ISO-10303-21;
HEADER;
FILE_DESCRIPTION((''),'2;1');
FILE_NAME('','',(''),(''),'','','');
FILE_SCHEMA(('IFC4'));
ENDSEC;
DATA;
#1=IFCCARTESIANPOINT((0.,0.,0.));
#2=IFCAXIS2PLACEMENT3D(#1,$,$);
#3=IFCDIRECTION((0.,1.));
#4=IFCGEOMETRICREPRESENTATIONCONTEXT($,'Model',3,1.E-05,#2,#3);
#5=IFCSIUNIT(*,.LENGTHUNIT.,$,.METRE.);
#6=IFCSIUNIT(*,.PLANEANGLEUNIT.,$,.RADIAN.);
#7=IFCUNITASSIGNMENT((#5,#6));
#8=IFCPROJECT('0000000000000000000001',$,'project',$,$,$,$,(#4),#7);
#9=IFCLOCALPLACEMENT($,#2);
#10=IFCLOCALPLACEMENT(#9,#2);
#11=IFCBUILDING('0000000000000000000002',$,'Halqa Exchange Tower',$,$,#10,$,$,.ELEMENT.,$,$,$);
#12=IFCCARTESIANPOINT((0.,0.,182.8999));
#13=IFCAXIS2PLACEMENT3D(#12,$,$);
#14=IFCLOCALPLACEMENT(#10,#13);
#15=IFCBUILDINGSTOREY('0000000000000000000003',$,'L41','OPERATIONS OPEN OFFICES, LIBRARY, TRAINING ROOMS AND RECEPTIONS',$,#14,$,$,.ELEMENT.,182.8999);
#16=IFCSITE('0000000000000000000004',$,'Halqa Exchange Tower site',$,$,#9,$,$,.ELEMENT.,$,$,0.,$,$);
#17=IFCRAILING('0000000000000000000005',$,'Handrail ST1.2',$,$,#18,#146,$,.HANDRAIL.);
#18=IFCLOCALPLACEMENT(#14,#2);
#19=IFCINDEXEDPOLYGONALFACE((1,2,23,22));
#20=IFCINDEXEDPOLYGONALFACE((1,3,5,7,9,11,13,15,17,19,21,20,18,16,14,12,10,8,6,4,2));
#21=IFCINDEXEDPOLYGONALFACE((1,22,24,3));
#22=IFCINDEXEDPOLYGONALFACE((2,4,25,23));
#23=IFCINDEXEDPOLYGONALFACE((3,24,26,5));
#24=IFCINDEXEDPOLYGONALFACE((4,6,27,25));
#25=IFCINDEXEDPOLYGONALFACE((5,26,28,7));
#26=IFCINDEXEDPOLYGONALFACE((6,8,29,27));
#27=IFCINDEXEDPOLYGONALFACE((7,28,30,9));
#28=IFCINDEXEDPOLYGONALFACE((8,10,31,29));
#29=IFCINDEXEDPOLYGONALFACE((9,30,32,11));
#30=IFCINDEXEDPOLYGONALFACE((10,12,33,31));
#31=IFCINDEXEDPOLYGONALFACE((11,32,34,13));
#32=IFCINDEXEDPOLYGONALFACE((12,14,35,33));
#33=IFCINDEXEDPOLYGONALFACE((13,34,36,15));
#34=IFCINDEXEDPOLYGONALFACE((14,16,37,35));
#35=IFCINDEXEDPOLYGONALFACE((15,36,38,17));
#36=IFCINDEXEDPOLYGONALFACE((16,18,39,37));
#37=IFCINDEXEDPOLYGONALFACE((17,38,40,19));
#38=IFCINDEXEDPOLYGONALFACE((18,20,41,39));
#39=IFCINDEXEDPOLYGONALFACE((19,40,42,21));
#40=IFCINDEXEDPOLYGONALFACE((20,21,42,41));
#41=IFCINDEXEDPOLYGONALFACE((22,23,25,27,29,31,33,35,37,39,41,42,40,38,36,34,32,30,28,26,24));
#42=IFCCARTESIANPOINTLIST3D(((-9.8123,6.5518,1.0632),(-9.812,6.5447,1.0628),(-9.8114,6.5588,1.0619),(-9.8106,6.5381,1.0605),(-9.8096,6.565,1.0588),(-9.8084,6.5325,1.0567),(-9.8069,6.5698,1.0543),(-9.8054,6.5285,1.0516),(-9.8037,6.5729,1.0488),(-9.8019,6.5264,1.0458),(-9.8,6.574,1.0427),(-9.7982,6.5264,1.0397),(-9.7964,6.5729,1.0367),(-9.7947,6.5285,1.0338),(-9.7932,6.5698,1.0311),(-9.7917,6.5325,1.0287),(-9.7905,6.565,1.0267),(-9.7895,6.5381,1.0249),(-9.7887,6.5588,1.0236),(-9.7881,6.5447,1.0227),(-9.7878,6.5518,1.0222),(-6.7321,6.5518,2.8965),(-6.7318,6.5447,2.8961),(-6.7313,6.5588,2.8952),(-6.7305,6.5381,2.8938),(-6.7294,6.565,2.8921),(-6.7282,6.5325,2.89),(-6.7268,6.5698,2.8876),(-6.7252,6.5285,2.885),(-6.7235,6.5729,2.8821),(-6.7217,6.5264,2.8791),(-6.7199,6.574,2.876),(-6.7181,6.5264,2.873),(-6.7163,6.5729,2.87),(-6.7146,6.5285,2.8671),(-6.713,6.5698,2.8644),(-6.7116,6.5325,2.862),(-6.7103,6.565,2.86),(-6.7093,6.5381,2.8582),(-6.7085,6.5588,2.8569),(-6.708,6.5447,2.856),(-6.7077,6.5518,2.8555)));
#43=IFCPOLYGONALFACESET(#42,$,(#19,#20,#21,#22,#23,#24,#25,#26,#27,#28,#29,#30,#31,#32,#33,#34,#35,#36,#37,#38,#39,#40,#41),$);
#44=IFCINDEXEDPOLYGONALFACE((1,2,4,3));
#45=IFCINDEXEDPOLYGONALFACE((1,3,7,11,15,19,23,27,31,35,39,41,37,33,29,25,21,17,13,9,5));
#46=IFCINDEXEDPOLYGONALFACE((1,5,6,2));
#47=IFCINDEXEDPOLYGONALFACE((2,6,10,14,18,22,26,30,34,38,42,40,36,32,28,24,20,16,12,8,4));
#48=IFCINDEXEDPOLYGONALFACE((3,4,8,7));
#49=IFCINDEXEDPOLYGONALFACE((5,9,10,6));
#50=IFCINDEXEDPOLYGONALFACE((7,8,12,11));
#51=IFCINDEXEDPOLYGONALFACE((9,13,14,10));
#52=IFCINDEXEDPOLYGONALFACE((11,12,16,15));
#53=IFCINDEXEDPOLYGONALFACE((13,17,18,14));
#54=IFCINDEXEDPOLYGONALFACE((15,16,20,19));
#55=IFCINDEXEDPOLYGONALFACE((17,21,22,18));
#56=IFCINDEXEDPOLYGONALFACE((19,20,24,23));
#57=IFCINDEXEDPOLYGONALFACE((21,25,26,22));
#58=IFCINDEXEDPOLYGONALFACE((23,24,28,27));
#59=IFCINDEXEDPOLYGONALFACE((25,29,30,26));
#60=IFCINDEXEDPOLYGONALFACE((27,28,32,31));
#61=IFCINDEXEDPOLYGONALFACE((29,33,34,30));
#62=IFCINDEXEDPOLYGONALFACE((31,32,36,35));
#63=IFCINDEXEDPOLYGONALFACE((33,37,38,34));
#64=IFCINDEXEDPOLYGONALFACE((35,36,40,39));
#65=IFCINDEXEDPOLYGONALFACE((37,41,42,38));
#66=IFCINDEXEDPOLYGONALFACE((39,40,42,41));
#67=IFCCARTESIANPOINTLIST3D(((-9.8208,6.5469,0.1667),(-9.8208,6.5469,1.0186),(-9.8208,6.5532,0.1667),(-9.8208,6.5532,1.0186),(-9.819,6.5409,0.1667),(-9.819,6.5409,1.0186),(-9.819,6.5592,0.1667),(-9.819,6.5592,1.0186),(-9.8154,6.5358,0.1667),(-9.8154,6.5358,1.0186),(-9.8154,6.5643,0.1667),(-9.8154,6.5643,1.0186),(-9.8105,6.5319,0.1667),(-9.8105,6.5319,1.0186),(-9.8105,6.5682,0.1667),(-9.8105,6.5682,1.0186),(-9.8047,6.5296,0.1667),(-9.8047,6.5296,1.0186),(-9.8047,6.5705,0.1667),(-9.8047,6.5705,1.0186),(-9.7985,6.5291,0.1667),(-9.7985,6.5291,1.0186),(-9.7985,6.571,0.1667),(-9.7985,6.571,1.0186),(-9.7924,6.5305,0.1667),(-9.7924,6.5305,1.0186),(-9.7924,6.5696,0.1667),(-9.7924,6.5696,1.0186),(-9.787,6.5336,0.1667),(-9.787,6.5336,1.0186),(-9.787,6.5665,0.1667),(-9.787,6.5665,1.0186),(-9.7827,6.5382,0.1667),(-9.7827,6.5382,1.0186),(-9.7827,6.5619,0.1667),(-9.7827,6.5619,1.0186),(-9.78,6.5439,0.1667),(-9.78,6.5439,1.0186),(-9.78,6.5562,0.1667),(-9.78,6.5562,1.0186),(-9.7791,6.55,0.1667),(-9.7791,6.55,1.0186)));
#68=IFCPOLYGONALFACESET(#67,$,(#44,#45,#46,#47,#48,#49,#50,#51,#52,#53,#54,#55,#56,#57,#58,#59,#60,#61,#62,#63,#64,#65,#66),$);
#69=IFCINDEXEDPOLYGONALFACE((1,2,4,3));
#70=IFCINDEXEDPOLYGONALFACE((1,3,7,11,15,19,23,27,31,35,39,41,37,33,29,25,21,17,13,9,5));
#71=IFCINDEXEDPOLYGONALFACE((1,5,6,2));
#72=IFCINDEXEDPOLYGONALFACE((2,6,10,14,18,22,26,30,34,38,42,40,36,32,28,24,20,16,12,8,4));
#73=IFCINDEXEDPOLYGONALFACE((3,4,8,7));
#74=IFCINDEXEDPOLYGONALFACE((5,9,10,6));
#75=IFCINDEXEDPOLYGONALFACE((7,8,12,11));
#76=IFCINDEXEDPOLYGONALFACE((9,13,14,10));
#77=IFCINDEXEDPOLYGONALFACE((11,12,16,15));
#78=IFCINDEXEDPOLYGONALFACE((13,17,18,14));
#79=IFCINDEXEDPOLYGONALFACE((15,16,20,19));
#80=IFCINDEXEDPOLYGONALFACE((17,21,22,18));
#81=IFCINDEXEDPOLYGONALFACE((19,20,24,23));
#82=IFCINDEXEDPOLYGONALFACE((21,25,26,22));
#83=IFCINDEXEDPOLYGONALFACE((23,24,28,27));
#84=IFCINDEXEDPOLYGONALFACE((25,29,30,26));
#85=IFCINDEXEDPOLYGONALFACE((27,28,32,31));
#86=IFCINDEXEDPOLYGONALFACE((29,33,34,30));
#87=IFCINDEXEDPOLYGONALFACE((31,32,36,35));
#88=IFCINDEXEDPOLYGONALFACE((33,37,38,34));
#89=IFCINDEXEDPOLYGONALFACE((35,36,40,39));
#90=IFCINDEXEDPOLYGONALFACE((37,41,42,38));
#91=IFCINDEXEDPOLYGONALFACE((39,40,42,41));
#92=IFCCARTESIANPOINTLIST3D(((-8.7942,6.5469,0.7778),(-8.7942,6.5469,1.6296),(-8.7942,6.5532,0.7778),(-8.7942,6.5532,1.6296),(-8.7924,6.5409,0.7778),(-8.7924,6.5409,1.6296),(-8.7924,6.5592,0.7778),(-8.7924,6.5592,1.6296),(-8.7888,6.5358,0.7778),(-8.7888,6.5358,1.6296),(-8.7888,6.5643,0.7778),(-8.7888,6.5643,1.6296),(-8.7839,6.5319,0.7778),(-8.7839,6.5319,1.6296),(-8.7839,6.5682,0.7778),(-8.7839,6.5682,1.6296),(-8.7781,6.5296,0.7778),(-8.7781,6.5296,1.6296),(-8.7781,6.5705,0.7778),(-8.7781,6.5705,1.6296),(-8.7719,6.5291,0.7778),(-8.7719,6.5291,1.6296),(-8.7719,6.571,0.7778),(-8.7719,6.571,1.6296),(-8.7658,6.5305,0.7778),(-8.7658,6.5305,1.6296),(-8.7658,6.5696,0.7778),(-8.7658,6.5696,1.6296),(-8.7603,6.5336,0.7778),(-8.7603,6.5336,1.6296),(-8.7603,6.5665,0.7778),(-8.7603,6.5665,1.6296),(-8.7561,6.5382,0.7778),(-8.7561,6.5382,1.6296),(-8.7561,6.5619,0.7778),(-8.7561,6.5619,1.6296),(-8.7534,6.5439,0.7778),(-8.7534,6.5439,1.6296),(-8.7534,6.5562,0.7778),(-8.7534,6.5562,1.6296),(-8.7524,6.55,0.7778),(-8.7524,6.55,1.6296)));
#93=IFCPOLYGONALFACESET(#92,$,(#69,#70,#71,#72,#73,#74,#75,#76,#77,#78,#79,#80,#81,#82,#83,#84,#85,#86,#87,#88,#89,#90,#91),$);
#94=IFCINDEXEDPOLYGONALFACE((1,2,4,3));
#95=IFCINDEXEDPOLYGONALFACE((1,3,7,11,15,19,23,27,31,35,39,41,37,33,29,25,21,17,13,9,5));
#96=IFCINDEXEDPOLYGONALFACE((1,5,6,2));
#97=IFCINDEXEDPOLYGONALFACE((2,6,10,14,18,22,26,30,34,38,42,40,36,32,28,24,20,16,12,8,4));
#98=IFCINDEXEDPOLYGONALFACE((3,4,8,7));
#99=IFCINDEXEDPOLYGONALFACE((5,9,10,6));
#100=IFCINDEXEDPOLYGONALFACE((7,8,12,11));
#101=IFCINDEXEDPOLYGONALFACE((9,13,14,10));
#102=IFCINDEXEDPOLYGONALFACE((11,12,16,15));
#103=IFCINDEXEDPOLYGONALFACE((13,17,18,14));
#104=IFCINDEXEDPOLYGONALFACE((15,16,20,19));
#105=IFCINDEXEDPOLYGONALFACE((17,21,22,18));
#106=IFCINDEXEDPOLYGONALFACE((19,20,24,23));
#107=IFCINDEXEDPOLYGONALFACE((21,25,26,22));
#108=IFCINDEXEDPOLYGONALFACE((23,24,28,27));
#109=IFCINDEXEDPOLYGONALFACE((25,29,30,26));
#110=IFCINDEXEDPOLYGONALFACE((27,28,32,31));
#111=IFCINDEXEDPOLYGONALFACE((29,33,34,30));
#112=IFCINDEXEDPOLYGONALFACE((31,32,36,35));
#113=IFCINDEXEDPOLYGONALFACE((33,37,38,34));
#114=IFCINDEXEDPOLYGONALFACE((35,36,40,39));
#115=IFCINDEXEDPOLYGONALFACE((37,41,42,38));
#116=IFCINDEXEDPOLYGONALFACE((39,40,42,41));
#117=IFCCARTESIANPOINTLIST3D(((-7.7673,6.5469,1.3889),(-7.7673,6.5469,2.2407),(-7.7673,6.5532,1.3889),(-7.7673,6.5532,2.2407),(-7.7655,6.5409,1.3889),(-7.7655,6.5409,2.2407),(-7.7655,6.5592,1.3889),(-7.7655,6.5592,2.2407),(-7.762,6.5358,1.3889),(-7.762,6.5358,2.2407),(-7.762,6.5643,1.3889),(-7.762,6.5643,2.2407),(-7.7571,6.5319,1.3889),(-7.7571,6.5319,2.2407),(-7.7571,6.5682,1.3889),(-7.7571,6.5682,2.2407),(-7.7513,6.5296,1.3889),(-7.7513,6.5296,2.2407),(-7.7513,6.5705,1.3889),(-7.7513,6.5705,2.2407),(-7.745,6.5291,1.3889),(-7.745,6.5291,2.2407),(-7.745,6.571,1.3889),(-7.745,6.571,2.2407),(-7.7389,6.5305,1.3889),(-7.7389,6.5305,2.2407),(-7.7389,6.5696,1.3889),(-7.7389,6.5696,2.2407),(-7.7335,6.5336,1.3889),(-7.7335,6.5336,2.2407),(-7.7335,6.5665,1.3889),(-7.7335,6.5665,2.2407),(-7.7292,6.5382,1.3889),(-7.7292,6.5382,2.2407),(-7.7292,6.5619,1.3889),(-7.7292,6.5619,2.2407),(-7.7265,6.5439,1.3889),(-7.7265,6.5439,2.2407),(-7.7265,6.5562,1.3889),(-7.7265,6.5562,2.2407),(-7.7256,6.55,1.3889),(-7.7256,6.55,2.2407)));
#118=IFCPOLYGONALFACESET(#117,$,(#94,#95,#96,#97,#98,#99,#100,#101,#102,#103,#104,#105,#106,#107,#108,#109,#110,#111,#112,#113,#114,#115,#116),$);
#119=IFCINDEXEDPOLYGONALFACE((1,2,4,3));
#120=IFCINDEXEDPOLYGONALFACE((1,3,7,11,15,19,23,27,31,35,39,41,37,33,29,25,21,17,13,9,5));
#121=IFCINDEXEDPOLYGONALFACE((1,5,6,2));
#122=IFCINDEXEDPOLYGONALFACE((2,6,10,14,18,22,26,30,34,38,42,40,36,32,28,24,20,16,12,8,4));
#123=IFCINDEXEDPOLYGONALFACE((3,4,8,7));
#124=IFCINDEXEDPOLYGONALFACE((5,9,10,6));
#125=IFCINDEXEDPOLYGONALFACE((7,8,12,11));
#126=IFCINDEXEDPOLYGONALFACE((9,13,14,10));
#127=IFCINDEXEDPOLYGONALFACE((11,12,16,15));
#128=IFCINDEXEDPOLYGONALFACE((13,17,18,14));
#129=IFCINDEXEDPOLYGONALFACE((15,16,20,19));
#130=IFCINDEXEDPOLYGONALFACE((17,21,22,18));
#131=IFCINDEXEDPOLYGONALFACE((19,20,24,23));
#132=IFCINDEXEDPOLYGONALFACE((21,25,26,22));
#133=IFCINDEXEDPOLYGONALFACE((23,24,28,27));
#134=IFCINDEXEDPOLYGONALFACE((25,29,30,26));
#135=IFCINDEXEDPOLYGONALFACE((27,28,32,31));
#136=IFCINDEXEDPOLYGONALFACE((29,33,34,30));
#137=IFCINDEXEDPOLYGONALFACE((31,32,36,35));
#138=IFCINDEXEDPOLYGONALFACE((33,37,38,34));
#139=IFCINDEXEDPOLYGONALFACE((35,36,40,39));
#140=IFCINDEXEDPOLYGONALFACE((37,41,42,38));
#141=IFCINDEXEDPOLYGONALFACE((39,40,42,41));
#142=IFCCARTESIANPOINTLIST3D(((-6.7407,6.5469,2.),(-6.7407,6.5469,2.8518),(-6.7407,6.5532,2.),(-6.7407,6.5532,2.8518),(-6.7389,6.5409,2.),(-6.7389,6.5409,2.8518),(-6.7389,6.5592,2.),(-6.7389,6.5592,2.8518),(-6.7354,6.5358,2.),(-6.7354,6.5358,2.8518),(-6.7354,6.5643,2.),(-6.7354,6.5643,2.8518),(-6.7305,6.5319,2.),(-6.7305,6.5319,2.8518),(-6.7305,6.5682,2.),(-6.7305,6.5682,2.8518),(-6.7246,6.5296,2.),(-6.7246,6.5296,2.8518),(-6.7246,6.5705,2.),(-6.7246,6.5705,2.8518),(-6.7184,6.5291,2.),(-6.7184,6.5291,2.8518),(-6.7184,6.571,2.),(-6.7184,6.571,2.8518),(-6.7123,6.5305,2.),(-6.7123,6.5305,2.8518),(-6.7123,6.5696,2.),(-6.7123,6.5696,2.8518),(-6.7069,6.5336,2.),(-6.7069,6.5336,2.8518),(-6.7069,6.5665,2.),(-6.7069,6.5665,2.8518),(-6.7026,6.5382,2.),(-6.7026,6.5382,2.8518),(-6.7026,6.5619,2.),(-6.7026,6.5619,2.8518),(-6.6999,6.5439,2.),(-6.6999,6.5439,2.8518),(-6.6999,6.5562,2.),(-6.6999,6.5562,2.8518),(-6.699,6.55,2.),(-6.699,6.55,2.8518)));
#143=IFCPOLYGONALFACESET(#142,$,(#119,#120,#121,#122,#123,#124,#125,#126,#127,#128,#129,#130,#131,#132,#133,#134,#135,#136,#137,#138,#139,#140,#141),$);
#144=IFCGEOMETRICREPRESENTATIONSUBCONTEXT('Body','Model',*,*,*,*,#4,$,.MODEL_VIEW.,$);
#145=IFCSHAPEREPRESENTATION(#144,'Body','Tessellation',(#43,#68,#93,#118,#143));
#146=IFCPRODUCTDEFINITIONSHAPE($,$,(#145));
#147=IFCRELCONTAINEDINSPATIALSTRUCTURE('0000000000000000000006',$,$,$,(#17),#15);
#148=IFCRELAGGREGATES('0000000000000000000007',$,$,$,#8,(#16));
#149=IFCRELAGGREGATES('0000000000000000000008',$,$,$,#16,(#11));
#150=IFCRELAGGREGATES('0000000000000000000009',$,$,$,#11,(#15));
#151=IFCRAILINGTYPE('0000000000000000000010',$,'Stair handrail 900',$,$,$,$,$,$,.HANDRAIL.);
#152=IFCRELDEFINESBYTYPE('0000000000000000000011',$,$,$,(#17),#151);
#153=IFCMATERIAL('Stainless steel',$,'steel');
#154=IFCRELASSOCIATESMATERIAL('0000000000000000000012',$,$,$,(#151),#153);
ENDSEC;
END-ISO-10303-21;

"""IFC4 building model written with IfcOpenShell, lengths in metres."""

from ifc_helpers import new_model, si_unit, direction, frame, origin, origin_2d, place, context, subcontext, project, spatial, circle, extrude, material, type_object, element, save


model = new_model("IFC4")

# Units and contexts
model_context = context("Model", 3, precision=1e-05, world=origin(), true_north=direction((0.0, 1.0)))
body_context = subcontext(model_context, "Body", "Model", "MODEL_VIEW")
ifc_project = project(units=[si_unit("LENGTHUNIT", "METRE"), si_unit("PLANEANGLEUNIT", "RADIAN")], contexts=[model_context])

# Site, building, storey
site_placement = place(None, origin())
site = spatial("IfcSite", under=ifc_project, at=site_placement, Name="Halqa Exchange Tower site", CompositionType="ELEMENT", RefElevation=0.0)
building_placement = place(site_placement, origin())
building = spatial("IfcBuilding", under=site, at=building_placement, Name="Halqa Exchange Tower", CompositionType="ELEMENT")
storey_placement = place(building_placement, frame((0.0, 0.0, 182.8999)))
storey = spatial("IfcBuildingStorey", under=building, at=storey_placement, Name="L41", Description="OPERATIONS OPEN OFFICES, LIBRARY, TRAINING ROOMS AND RECEPTIONS", CompositionType="ELEMENT", Elevation=182.8999)

# Shared definitions
ifc_material_1 = material(Name="Stainless steel", Category="steel")

# Railing
railing_type_1 = type_object("IfcRailingType", Name="Stair handrail 900", PredefinedType="HANDRAIL", material=ifc_material_1)
railing_1_placement = place(storey_placement, frame((-9.8, 6.55, 0.1667)))
element("IfcRailing", 1, at=railing_1_placement, inside=storey, type_object=railing_type_1, Name="Handrail ST1.2", PredefinedType="HANDRAIL", context=body_context, shape_type="SweptSolid", body=[
    extrude(circle(Radius=0.0239, at=origin_2d()), frame((0.0, 0.0, 0.876), z_axis=(0.859309, 0.0, 0.511458), x_axis=(0.0, 1.0, 0.0)), (0.0, 0.0, 1.0), 3.5845),
    extrude(circle(Radius=0.021, at=origin_2d()), origin(), (0.0, 0.0, 1.0), 0.8518),
    extrude(circle(Radius=0.021, at=origin_2d()), frame((1.0266, 0.0, 0.6111)), (0.0, 0.0, 1.0), 0.8518),
    extrude(circle(Radius=0.021, at=origin_2d()), frame((2.0535, 0.0, 1.2222)), (0.0, 0.0, 1.0), 0.8518),
    extrude(circle(Radius=0.021, at=origin_2d()), frame((3.0801, 0.0, 1.8333)), (0.0, 0.0, 1.0), 0.8518),
])

save(model, "model.ifc")
